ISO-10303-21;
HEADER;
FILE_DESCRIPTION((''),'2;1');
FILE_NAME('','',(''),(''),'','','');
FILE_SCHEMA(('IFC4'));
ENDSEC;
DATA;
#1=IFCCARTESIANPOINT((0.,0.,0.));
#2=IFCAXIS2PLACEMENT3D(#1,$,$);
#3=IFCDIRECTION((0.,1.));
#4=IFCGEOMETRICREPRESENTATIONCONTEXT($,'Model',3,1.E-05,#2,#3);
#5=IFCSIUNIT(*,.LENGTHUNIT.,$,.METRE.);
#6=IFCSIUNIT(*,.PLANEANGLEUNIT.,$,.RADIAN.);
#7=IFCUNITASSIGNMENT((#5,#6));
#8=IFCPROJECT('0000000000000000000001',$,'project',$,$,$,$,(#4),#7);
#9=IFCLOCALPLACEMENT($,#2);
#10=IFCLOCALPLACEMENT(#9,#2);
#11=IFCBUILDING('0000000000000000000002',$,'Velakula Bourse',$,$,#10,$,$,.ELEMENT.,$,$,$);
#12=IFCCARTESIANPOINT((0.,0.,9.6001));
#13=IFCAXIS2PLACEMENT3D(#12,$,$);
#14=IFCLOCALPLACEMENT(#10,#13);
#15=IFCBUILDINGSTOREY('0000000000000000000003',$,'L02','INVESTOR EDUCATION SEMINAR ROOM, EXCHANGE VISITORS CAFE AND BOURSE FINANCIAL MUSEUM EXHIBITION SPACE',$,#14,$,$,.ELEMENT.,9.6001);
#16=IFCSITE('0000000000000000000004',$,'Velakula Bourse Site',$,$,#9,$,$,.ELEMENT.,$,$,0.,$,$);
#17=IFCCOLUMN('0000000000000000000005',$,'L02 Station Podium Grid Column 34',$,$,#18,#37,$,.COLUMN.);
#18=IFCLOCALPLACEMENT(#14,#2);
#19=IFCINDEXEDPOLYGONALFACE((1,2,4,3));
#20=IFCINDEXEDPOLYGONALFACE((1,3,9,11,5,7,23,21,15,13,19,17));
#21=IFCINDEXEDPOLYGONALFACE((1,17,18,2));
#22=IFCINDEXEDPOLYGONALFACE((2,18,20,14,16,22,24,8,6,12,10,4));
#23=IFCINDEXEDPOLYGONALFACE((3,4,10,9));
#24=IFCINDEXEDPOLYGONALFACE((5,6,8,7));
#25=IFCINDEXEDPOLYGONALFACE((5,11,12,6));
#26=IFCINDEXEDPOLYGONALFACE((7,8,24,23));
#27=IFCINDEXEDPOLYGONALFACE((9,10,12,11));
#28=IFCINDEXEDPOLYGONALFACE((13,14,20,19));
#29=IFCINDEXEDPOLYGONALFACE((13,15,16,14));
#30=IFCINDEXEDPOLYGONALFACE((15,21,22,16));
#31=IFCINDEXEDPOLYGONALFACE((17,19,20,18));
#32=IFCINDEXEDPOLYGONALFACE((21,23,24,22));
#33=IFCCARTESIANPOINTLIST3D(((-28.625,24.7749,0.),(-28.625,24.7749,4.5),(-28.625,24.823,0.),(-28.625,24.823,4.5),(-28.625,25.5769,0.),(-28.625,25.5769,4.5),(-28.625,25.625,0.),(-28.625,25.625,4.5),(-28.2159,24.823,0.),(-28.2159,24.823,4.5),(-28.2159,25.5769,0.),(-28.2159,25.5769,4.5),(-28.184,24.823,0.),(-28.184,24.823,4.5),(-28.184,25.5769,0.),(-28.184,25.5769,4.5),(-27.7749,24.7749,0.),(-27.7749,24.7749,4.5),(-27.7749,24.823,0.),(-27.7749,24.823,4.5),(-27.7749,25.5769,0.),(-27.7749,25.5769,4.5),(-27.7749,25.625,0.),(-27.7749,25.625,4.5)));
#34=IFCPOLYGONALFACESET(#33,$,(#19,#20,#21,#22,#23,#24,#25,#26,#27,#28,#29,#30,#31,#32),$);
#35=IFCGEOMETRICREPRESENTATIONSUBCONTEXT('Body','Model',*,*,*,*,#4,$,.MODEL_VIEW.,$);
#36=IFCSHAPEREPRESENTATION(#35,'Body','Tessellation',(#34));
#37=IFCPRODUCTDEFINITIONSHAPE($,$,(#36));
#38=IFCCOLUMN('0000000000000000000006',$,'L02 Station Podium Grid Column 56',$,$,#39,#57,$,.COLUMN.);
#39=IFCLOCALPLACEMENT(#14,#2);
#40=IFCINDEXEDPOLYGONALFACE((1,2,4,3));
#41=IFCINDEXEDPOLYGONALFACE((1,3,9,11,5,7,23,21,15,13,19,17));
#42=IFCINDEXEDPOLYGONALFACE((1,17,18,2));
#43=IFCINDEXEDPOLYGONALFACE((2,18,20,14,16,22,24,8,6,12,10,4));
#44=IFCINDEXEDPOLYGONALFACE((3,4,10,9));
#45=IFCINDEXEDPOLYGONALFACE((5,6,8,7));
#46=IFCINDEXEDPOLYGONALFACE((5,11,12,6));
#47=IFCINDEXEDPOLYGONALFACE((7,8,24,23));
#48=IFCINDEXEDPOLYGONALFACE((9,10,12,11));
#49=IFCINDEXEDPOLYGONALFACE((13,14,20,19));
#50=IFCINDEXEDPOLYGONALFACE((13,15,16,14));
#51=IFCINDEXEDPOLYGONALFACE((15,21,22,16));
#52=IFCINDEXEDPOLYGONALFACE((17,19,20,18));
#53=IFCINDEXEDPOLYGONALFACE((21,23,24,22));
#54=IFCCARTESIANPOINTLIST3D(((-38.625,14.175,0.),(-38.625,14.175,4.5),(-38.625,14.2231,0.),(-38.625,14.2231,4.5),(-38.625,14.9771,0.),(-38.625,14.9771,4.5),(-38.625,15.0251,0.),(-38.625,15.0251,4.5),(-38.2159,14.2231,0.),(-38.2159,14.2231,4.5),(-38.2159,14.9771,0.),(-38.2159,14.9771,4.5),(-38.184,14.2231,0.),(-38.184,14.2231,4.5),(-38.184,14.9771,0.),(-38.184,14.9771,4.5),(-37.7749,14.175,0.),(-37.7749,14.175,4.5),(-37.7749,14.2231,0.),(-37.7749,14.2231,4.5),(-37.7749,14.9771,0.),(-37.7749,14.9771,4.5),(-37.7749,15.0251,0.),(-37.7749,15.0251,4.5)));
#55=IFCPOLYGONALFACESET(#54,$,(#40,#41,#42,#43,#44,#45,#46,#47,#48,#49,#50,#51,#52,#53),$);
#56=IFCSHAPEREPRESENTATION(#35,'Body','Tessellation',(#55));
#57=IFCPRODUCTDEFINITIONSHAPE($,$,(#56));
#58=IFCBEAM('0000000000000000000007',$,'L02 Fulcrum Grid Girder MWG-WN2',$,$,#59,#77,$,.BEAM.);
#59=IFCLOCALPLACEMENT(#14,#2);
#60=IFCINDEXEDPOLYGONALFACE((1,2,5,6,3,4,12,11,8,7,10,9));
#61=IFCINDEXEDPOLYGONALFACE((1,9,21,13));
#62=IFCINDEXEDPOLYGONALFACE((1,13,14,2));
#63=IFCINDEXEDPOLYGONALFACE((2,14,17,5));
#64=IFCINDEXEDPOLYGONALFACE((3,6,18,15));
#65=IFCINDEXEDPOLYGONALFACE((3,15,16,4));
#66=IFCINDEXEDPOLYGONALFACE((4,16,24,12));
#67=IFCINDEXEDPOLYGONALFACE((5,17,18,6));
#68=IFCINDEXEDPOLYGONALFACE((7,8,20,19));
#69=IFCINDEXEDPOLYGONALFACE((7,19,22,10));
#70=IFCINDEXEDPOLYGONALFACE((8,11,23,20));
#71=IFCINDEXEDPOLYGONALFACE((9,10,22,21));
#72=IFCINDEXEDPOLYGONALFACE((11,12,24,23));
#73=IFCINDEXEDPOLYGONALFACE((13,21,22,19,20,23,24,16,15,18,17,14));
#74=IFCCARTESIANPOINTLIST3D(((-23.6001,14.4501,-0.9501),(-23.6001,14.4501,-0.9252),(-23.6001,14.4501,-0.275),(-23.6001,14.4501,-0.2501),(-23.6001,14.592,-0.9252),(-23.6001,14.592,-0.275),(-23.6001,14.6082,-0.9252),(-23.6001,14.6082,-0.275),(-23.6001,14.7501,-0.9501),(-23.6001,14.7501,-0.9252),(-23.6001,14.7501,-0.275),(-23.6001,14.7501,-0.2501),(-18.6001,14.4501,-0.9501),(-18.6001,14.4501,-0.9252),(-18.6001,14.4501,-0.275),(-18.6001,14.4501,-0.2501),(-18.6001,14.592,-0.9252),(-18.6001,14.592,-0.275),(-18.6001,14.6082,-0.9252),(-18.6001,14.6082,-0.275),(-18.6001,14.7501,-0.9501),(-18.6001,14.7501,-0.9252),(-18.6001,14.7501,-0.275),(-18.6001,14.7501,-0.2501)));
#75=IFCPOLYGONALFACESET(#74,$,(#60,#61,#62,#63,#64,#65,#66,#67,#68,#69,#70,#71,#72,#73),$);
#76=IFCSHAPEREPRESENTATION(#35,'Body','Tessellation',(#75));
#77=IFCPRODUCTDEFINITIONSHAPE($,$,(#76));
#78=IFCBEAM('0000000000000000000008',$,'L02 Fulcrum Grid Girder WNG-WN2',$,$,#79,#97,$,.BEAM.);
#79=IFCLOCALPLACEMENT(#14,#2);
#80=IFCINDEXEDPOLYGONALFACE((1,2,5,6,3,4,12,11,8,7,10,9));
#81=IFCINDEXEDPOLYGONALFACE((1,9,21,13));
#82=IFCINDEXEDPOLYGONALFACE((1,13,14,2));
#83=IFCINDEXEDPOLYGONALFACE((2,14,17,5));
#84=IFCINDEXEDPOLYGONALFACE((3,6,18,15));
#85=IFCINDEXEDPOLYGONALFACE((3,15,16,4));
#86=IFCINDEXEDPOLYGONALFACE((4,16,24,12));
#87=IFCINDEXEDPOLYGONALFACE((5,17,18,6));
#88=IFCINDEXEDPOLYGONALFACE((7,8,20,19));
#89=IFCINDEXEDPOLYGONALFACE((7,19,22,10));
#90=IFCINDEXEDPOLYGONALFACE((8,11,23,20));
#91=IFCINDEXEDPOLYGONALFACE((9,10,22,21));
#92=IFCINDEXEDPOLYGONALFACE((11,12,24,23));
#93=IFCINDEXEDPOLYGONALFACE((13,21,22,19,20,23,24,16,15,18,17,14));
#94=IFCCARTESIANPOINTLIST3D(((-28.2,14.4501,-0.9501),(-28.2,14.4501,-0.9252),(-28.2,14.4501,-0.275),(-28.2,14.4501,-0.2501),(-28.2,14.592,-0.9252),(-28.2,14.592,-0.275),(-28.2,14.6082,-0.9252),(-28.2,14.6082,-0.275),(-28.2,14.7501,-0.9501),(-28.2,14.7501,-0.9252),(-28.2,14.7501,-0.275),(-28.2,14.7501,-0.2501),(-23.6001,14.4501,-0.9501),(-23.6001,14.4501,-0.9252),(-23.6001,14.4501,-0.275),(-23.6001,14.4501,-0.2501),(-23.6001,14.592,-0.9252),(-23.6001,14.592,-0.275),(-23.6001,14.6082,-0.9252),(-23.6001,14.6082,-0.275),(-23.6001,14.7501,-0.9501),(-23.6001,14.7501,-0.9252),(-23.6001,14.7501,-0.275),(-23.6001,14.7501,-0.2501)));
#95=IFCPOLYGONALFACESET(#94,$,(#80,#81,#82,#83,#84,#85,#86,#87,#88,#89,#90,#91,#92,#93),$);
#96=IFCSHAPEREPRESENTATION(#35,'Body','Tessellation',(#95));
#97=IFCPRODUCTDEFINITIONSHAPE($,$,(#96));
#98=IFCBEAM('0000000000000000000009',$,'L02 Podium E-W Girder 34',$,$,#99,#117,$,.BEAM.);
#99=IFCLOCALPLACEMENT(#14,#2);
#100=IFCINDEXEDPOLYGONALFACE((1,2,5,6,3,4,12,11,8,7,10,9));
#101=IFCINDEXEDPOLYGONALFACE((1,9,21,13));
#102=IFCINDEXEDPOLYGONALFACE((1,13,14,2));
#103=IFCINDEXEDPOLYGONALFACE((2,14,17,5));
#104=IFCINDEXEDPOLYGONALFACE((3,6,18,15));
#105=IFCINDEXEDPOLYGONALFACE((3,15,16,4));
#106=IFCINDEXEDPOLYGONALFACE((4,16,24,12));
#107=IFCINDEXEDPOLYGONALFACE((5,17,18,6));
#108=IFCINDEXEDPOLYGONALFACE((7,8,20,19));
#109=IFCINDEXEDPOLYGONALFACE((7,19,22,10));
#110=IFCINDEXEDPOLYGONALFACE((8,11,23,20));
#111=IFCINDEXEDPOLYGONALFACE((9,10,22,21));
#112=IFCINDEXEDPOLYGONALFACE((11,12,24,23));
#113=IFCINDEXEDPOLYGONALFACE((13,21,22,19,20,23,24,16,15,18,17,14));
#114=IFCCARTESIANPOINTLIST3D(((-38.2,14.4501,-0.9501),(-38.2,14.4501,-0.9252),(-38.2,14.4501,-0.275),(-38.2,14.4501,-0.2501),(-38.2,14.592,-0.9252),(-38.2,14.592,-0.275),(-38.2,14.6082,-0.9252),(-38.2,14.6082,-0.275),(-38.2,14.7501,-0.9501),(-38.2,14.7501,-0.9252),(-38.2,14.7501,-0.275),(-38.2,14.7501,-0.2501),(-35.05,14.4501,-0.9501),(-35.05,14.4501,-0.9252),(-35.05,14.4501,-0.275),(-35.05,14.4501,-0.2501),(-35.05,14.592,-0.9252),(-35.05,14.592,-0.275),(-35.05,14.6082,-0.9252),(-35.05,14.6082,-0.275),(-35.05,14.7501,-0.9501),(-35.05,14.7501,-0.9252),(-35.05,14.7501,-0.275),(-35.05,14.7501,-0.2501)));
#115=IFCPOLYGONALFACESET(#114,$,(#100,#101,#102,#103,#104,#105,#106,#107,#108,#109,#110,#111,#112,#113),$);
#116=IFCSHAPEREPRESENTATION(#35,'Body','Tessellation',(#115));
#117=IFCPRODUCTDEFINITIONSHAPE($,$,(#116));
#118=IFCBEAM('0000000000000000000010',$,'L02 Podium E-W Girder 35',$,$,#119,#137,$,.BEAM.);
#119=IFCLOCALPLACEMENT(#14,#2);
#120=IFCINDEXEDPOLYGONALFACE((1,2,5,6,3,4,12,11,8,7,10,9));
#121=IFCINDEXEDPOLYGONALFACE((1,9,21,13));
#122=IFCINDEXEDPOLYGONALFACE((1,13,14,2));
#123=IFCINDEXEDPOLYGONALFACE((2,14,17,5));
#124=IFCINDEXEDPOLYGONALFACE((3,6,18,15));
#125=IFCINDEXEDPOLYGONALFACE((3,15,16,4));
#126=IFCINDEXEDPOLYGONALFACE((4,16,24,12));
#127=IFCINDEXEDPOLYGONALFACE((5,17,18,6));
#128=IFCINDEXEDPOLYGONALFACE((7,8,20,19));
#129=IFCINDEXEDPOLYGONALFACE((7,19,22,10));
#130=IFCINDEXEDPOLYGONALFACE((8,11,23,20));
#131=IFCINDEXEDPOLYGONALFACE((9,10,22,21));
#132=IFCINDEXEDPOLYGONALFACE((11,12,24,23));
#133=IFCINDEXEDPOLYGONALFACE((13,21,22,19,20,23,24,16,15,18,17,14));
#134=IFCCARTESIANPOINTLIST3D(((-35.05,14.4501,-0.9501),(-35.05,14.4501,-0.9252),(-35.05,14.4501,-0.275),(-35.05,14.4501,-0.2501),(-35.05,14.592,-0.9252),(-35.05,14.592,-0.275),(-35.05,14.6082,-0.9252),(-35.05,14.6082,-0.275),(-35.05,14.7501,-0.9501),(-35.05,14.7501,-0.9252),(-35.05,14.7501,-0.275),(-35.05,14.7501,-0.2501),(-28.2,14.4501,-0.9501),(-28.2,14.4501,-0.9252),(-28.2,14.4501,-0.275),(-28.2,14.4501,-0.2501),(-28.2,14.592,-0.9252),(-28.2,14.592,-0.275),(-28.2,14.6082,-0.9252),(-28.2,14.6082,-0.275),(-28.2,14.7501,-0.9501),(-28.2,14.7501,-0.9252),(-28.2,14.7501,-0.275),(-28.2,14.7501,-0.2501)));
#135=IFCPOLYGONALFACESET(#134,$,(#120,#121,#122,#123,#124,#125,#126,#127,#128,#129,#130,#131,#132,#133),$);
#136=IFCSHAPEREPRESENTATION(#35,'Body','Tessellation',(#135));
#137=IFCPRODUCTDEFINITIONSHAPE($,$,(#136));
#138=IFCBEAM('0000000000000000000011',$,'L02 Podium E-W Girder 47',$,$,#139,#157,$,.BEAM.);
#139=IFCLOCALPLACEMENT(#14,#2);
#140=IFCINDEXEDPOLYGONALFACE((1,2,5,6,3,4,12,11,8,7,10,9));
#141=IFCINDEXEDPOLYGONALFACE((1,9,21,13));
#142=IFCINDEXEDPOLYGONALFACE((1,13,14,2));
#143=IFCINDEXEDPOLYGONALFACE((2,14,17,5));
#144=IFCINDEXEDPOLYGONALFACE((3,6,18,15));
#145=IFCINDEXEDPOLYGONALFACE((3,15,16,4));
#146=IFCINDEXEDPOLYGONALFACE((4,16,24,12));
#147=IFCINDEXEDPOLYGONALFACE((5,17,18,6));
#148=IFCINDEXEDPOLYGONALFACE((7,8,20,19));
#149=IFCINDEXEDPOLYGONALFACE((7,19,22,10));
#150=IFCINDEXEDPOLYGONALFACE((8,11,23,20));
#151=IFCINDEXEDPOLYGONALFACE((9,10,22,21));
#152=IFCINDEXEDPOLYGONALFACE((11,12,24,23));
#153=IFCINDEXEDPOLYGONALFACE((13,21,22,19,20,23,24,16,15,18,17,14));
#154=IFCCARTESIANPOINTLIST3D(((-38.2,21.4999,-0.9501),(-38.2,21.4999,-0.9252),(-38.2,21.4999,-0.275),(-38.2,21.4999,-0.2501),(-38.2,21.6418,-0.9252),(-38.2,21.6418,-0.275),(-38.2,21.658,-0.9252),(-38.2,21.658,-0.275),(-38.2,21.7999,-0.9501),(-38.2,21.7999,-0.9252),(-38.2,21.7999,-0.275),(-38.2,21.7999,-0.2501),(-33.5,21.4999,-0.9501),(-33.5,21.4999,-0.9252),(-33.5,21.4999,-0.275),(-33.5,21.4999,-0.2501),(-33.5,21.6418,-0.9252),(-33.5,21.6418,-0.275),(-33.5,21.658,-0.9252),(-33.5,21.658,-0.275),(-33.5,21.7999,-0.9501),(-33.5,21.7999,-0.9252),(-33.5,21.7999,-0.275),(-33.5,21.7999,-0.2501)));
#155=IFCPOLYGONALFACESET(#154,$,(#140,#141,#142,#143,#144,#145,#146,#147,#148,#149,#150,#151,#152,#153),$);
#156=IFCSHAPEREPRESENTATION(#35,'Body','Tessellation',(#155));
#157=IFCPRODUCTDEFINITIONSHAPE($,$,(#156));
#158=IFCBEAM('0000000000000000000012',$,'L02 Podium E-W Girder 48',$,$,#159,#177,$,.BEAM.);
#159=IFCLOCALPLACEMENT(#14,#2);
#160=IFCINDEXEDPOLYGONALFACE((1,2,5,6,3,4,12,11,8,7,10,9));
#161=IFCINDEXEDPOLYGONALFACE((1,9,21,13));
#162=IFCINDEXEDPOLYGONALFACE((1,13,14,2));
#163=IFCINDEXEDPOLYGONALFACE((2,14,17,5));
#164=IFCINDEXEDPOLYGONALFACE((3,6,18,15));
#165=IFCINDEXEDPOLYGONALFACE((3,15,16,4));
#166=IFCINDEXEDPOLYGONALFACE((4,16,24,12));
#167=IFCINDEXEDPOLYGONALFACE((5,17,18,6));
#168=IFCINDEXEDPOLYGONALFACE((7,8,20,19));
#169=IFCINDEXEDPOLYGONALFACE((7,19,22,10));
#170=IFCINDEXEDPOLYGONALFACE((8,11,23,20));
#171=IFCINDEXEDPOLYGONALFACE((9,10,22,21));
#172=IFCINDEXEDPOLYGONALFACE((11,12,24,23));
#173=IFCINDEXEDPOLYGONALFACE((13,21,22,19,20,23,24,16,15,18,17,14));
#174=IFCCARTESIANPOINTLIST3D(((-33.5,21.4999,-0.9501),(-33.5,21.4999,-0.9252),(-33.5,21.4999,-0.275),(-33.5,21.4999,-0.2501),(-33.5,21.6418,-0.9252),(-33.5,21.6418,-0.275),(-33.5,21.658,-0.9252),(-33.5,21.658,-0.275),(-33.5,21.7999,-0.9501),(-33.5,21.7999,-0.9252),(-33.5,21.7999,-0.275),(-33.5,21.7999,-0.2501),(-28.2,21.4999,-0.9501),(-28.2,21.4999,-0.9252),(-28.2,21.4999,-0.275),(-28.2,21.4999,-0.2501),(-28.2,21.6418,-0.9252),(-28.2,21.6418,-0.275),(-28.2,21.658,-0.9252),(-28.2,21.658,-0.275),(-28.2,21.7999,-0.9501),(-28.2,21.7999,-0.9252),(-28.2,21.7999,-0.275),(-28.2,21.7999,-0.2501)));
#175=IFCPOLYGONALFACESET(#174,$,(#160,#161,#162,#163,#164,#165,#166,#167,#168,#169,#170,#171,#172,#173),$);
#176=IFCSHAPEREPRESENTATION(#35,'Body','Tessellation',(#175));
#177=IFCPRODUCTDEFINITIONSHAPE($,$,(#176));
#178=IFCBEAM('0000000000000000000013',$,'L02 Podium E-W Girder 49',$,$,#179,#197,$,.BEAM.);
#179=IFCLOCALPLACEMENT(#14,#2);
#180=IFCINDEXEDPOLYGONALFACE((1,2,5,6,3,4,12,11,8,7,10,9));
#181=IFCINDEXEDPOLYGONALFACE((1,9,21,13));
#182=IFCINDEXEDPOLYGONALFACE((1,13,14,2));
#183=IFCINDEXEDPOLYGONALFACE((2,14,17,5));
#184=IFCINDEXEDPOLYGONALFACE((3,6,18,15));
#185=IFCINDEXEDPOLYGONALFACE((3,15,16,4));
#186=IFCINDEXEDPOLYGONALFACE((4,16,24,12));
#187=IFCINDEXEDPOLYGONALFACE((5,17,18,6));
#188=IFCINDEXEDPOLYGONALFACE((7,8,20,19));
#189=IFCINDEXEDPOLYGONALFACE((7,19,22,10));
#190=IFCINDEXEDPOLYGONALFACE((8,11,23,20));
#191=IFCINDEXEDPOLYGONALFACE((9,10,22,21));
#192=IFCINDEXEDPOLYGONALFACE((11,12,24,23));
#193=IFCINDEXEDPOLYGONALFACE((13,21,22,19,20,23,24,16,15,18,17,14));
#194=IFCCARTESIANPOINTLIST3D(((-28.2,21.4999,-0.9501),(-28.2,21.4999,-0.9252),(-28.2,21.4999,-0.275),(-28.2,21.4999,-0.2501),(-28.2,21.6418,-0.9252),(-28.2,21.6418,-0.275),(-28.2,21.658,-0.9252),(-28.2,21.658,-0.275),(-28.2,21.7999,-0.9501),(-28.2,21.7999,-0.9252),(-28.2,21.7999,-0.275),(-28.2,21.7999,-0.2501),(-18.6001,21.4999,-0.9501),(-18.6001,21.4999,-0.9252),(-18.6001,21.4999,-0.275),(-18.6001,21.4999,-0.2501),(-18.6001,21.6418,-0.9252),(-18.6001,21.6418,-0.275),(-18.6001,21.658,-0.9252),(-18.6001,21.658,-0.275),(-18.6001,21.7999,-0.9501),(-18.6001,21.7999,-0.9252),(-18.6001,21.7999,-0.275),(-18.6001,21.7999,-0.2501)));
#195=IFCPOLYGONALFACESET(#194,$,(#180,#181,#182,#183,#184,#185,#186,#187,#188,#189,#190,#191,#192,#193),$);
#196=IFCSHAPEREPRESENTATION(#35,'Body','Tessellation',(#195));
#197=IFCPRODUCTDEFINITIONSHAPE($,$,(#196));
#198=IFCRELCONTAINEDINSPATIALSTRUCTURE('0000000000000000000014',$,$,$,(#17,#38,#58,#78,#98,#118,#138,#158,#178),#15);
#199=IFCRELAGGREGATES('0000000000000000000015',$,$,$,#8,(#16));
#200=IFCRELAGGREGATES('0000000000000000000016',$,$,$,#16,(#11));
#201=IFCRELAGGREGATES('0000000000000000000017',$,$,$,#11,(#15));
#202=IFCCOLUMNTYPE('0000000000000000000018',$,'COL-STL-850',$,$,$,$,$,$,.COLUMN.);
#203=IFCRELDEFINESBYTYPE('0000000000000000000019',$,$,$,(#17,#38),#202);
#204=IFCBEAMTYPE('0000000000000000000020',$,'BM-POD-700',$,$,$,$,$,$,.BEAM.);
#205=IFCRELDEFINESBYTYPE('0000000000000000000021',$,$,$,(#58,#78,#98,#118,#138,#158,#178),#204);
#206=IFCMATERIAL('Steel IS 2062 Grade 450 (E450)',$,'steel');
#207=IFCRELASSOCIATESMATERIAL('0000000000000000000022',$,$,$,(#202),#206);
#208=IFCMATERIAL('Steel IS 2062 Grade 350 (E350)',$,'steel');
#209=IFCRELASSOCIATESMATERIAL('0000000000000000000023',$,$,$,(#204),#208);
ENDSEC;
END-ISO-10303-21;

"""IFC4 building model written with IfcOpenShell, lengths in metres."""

from ifc_helpers import new_model, si_unit, direction, frame, origin, origin_2d, place, context, subcontext, project, spatial, i_section, extrude, material, material_profile, profile_set, type_object, element, save


model = new_model("IFC4")

# Units and contexts
model_context = context("Model", 3, precision=1e-05, world=origin(), true_north=direction((0.0, 1.0)))
body_context = subcontext(model_context, "Body", "Model", "MODEL_VIEW")
ifc_project = project(units=[si_unit("LENGTHUNIT", "METRE"), si_unit("PLANEANGLEUNIT", "RADIAN")], contexts=[model_context])

# Site, building, storey
site_placement = place(None, origin())
site = spatial("IfcSite", under=ifc_project, at=site_placement, Name="Velakula Bourse Site", CompositionType="ELEMENT", RefElevation=0.0)
building_placement = place(site_placement, origin())
building = spatial("IfcBuilding", under=site, at=building_placement, Name="Velakula Bourse", CompositionType="ELEMENT")
storey_placement = place(building_placement, frame((0.0, 0.0, 9.6001)))
storey = spatial("IfcBuildingStorey", under=building, at=storey_placement, Name="L02", Description="INVESTOR EDUCATION SEMINAR ROOM, EXCHANGE VISITORS CAFE AND BOURSE FINANCIAL MUSEUM EXHIBITION SPACE", CompositionType="ELEMENT", Elevation=9.6001)

# Columns
ifc_material_1 = material(Name="Steel IS 2062 Grade 450 (E450)", Category="steel")
ifc_material_profile_1 = material_profile(ifc_material_1, i_section(OverallWidth=0.8501, OverallDepth=0.8501, WebThickness=0.032, FlangeThickness=0.0481, at=origin_2d()), Name="Steel IS 2062 Grade 450 (E450)")
ifc_profile_set_1 = profile_set([ifc_material_profile_1], Name="Steel IS 2062 Grade 450 (E450)")
column_type = type_object("IfcColumnType", Name="COL-STL-850", PredefinedType="COLUMN", material=ifc_profile_set_1)
for number, where, z_axis, x_axis, name in (
    (1, (-28.2, 25.2, 0.0), (0.0, 0.0, 1.0), (1.0, 0.0, 0.0), "L02 Station Podium Grid Column 34"),
    (2, (-38.2, 14.6001, 0.0), (0.0, 0.0, 1.0), (1.0, 0.0, 0.0), "L02 Station Podium Grid Column 56"),
):
    element("IfcColumn", number, at=place(storey_placement, frame(where, z_axis=z_axis, x_axis=x_axis)), inside=storey, type_object=column_type, Name=name, PredefinedType="COLUMN", context=body_context, shape_type="SweptSolid", body=[
        extrude(i_section(OverallWidth=0.8501, OverallDepth=0.8501, WebThickness=0.032, FlangeThickness=0.0481, at=origin_2d()), origin(), (0.0, 0.0, 1.0), 4.5),
    ])

# Beams
ifc_material_2 = material(Name="Steel IS 2062 Grade 350 (E350)", Category="steel")
ifc_material_profile_2 = material_profile(ifc_material_2, i_section(OverallWidth=0.3, OverallDepth=0.7, WebThickness=0.0161, FlangeThickness=0.0249, at=origin_2d()), Name="Steel IS 2062 Grade 350 (E350)")
ifc_profile_set_2 = profile_set([ifc_material_profile_2], Name="Steel IS 2062 Grade 350 (E350)")
beam_type_1 = type_object("IfcBeamType", Name="BM-POD-700", PredefinedType="BEAM", material=ifc_profile_set_2)
beam_1_placement = place(storey_placement, frame((-23.6001, 14.6001, -0.6001), z_axis=(1.0, 0.0, 0.0), x_axis=(0.0, 1.0, 0.0)))
element("IfcBeam", 3, at=beam_1_placement, inside=storey, type_object=beam_type_1, Name="L02 Fulcrum Grid Girder MWG-WN2", PredefinedType="BEAM", context=body_context, shape_type="SweptSolid", body=[
    extrude(i_section(OverallWidth=0.3, OverallDepth=0.7, WebThickness=0.0161, FlangeThickness=0.0249, at=origin_2d()), origin(), (0.0, 0.0, 1.0), 5.0),
])
beam_2_placement = place(storey_placement, frame((-28.2, 14.6001, -0.6001), z_axis=(1.0, 0.0, 0.0), x_axis=(0.0, 1.0, 0.0)))
element("IfcBeam", 4, at=beam_2_placement, inside=storey, type_object=beam_type_1, Name="L02 Fulcrum Grid Girder WNG-WN2", PredefinedType="BEAM", context=body_context, shape_type="SweptSolid", body=[
    extrude(i_section(OverallWidth=0.3, OverallDepth=0.7, WebThickness=0.0161, FlangeThickness=0.0249, at=origin_2d()), origin(), (0.0, 0.0, 1.0), 4.5999),
])
beam_3_placement = place(storey_placement, frame((-38.2, 14.6001, -0.6001), z_axis=(1.0, 0.0, 0.0), x_axis=(0.0, 1.0, 0.0)))
element("IfcBeam", 5, at=beam_3_placement, inside=storey, type_object=beam_type_1, Name="L02 Podium E-W Girder 34", PredefinedType="BEAM", context=body_context, shape_type="SweptSolid", body=[
    extrude(i_section(OverallWidth=0.3, OverallDepth=0.7, WebThickness=0.0161, FlangeThickness=0.0249, at=origin_2d()), origin(), (0.0, 0.0, 1.0), 3.1499),
])
beam_4_placement = place(storey_placement, frame((-35.05, 14.6001, -0.6001), z_axis=(1.0, 0.0, 0.0), x_axis=(0.0, 1.0, 0.0)))
element("IfcBeam", 6, at=beam_4_placement, inside=storey, type_object=beam_type_1, Name="L02 Podium E-W Girder 35", PredefinedType="BEAM", context=body_context, shape_type="SweptSolid", body=[
    extrude(i_section(OverallWidth=0.3, OverallDepth=0.7, WebThickness=0.0161, FlangeThickness=0.0249, at=origin_2d()), origin(), (0.0, 0.0, 1.0), 6.8501),
])
beam_5_placement = place(storey_placement, frame((-38.2, 21.6499, -0.6001), z_axis=(1.0, 0.0, 0.0), x_axis=(0.0, 1.0, 0.0)))
element("IfcBeam", 7, at=beam_5_placement, inside=storey, type_object=beam_type_1, Name="L02 Podium E-W Girder 47", PredefinedType="BEAM", context=body_context, shape_type="SweptSolid", body=[
    extrude(i_section(OverallWidth=0.3, OverallDepth=0.7, WebThickness=0.0161, FlangeThickness=0.0249, at=origin_2d()), origin(), (0.0, 0.0, 1.0), 4.7),
])
beam_6_placement = place(storey_placement, frame((-33.5, 21.6499, -0.6001), z_axis=(1.0, 0.0, 0.0), x_axis=(0.0, 1.0, 0.0)))
element("IfcBeam", 8, at=beam_6_placement, inside=storey, type_object=beam_type_1, Name="L02 Podium E-W Girder 48", PredefinedType="BEAM", context=body_context, shape_type="SweptSolid", body=[
    extrude(i_section(OverallWidth=0.3, OverallDepth=0.7, WebThickness=0.0161, FlangeThickness=0.0249, at=origin_2d()), origin(), (0.0, 0.0, 1.0), 5.3),
])
beam_7_placement = place(storey_placement, frame((-28.2, 21.6499, -0.6001), z_axis=(1.0, 0.0, 0.0), x_axis=(0.0, 1.0, 0.0)))
element("IfcBeam", 9, at=beam_7_placement, inside=storey, type_object=beam_type_1, Name="L02 Podium E-W Girder 49", PredefinedType="BEAM", context=body_context, shape_type="SweptSolid", body=[
    extrude(i_section(OverallWidth=0.3, OverallDepth=0.7, WebThickness=0.0161, FlangeThickness=0.0249, at=origin_2d()), origin(), (0.0, 0.0, 1.0), 9.5999),
])

save(model, "model.ifc")
